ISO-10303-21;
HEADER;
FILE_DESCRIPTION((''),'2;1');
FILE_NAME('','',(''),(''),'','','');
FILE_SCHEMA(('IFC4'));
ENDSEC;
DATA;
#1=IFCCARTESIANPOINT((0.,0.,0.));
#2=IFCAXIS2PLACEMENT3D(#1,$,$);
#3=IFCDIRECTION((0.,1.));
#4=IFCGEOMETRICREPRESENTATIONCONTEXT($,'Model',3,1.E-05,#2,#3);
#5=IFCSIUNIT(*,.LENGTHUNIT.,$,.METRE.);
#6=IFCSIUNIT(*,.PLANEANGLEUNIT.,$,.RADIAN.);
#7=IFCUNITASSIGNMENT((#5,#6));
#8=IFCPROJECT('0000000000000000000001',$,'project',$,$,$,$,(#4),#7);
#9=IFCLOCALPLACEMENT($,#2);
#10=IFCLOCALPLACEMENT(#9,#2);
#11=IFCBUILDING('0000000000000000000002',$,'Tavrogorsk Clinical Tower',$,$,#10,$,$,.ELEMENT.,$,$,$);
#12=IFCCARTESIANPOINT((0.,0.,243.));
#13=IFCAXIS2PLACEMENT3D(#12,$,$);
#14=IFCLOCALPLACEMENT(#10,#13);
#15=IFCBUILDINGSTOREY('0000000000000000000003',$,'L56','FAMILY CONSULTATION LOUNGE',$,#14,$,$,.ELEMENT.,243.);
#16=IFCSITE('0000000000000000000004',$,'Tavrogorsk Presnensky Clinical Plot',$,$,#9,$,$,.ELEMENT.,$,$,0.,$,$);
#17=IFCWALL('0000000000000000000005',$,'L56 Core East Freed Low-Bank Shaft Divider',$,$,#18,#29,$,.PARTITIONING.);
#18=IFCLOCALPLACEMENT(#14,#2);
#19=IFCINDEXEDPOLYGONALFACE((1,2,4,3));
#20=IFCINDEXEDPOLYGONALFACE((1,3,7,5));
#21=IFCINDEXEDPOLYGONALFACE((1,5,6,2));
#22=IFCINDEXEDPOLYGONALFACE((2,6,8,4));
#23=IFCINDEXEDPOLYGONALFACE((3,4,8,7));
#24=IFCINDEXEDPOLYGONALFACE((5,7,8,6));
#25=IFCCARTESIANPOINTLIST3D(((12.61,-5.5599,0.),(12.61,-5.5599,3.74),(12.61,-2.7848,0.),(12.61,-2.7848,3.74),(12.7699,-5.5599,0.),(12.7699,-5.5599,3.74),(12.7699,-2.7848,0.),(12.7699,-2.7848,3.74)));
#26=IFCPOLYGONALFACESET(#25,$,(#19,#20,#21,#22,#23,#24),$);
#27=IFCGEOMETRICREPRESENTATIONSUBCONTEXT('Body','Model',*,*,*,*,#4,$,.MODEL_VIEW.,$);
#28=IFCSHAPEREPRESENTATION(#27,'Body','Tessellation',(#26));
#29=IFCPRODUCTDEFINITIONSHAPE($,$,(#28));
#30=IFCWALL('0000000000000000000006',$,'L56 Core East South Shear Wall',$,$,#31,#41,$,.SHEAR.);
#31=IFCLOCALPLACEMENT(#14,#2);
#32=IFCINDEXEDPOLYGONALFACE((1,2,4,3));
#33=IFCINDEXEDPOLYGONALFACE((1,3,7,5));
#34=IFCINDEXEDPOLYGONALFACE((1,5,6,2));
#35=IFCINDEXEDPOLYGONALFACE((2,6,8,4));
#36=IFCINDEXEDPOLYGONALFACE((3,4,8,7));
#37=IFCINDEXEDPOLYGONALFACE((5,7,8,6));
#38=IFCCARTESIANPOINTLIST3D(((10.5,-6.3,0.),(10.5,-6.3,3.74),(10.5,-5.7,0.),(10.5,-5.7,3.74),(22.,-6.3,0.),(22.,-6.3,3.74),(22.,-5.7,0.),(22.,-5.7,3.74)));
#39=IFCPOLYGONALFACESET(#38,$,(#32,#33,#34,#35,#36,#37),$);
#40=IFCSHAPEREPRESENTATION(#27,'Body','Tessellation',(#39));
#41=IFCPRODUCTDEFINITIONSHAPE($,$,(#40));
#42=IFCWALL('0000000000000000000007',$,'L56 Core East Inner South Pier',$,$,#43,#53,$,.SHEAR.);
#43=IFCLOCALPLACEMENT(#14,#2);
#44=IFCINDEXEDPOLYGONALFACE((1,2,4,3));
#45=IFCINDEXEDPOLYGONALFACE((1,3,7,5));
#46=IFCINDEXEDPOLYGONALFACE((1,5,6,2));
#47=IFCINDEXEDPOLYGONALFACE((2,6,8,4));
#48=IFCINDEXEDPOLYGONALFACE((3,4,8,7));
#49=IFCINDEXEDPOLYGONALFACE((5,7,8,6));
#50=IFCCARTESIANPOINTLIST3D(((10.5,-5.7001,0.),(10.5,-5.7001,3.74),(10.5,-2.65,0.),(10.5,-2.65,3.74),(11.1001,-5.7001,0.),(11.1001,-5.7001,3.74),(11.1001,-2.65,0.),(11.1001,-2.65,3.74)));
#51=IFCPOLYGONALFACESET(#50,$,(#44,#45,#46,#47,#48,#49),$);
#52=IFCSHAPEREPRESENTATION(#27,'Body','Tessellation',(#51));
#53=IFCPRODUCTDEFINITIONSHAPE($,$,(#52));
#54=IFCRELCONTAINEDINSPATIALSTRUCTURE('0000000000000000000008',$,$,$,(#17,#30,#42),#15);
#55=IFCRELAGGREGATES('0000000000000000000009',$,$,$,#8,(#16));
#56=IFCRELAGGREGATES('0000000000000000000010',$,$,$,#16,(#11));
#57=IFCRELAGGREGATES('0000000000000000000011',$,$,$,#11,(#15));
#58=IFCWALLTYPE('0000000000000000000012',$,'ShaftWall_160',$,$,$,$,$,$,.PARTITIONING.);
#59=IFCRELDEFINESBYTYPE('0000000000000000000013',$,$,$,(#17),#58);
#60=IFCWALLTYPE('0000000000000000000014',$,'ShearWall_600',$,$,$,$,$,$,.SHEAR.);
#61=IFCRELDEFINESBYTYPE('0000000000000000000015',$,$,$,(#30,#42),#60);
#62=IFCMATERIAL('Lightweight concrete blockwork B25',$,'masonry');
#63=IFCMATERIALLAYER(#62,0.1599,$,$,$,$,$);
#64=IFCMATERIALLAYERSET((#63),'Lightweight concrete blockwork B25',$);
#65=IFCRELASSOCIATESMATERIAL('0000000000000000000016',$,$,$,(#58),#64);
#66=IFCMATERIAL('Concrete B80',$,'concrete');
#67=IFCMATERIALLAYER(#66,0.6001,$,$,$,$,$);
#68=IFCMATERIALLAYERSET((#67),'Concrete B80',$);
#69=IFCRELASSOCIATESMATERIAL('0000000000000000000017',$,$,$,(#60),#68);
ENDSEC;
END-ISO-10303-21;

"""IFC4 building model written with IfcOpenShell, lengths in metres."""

from ifc_helpers import new_model, si_unit, direction, frame, frame_2d, origin, place, context, subcontext, project, spatial, rectangle, extrude, material, layer, layer_set, type_object, element, save


model = new_model("IFC4")

# Units and contexts
model_context = context("Model", 3, precision=1e-05, world=origin(), true_north=direction((0.0, 1.0)))
body_context = subcontext(model_context, "Body", "Model", "MODEL_VIEW")
ifc_project = project(units=[si_unit("LENGTHUNIT", "METRE"), si_unit("PLANEANGLEUNIT", "RADIAN")], contexts=[model_context])

# Site, building, storey
site_placement = place(None, origin())
site = spatial("IfcSite", under=ifc_project, at=site_placement, Name="Tavrogorsk Presnensky Clinical Plot", CompositionType="ELEMENT", RefElevation=0.0)
building_placement = place(site_placement, origin())
building = spatial("IfcBuilding", under=site, at=building_placement, Name="Tavrogorsk Clinical Tower", CompositionType="ELEMENT")
storey_placement = place(building_placement, frame((0.0, 0.0, 243.0)))
storey = spatial("IfcBuildingStorey", under=building, at=storey_placement, Name="L56", Description="FAMILY CONSULTATION LOUNGE", CompositionType="ELEMENT", Elevation=243.0)

# Walls
ifc_material_1 = material(Name="Lightweight concrete blockwork B25", Category="masonry")
ifc_layer_1 = layer(ifc_material_1, 0.1599)
ifc_layer_set_1 = layer_set([ifc_layer_1], Name="Lightweight concrete blockwork B25")
wall_type_1 = type_object("IfcWallType", Name="ShaftWall_160", PredefinedType="PARTITIONING", material=ifc_layer_set_1)
wall_1_placement = place(storey_placement, frame((12.6899, -5.5601, 0.0), z_axis=(0.0, 0.0, 1.0), x_axis=(0.0, 1.0, 0.0)))
element("IfcWall", 1, at=wall_1_placement, inside=storey, type_object=wall_type_1, Name="L56 Core East Freed Low-Bank Shaft Divider", PredefinedType="PARTITIONING", context=body_context, shape_type="SweptSolid", body=[
    extrude(rectangle(XDim=2.7751, YDim=0.1599, at=frame_2d((1.3877, 0.0))), origin(), (0.0, 0.0, 1.0), 3.74),
])
ifc_material_2 = material(Name="Concrete B80", Category="concrete")
ifc_layer_2 = layer(ifc_material_2, 0.6001)
ifc_layer_set_2 = layer_set([ifc_layer_2], Name="Concrete B80")
wall_type_2 = type_object("IfcWallType", Name="ShearWall_600", PredefinedType="SHEAR", material=ifc_layer_set_2)
wall_2_placement = place(storey_placement, frame((10.5, -6.0, 0.0), z_axis=(0.0, 0.0, 1.0), x_axis=(1.0, 0.0, 0.0)))
element("IfcWall", 2, at=wall_2_placement, inside=storey, type_object=wall_type_2, Name="L56 Core East South Shear Wall", PredefinedType="SHEAR", context=body_context, shape_type="SweptSolid", body=[
    extrude(rectangle(XDim=11.5, YDim=0.6001, at=frame_2d((5.75, 0.0))), origin(), (0.0, 0.0, 1.0), 3.74),
])
wall_3_placement = place(storey_placement, frame((10.8, -5.7, 0.0), z_axis=(0.0, 0.0, 1.0), x_axis=(0.0, 1.0, 0.0)))
element("IfcWall", 3, at=wall_3_placement, inside=storey, type_object=wall_type_2, Name="L56 Core East Inner South Pier", PredefinedType="SHEAR", context=body_context, shape_type="SweptSolid", body=[
    extrude(rectangle(XDim=3.05, YDim=0.6001, at=frame_2d((1.5249, 0.0))), origin(), (0.0, 0.0, 1.0), 3.74),
])

save(model, "model.ifc")
